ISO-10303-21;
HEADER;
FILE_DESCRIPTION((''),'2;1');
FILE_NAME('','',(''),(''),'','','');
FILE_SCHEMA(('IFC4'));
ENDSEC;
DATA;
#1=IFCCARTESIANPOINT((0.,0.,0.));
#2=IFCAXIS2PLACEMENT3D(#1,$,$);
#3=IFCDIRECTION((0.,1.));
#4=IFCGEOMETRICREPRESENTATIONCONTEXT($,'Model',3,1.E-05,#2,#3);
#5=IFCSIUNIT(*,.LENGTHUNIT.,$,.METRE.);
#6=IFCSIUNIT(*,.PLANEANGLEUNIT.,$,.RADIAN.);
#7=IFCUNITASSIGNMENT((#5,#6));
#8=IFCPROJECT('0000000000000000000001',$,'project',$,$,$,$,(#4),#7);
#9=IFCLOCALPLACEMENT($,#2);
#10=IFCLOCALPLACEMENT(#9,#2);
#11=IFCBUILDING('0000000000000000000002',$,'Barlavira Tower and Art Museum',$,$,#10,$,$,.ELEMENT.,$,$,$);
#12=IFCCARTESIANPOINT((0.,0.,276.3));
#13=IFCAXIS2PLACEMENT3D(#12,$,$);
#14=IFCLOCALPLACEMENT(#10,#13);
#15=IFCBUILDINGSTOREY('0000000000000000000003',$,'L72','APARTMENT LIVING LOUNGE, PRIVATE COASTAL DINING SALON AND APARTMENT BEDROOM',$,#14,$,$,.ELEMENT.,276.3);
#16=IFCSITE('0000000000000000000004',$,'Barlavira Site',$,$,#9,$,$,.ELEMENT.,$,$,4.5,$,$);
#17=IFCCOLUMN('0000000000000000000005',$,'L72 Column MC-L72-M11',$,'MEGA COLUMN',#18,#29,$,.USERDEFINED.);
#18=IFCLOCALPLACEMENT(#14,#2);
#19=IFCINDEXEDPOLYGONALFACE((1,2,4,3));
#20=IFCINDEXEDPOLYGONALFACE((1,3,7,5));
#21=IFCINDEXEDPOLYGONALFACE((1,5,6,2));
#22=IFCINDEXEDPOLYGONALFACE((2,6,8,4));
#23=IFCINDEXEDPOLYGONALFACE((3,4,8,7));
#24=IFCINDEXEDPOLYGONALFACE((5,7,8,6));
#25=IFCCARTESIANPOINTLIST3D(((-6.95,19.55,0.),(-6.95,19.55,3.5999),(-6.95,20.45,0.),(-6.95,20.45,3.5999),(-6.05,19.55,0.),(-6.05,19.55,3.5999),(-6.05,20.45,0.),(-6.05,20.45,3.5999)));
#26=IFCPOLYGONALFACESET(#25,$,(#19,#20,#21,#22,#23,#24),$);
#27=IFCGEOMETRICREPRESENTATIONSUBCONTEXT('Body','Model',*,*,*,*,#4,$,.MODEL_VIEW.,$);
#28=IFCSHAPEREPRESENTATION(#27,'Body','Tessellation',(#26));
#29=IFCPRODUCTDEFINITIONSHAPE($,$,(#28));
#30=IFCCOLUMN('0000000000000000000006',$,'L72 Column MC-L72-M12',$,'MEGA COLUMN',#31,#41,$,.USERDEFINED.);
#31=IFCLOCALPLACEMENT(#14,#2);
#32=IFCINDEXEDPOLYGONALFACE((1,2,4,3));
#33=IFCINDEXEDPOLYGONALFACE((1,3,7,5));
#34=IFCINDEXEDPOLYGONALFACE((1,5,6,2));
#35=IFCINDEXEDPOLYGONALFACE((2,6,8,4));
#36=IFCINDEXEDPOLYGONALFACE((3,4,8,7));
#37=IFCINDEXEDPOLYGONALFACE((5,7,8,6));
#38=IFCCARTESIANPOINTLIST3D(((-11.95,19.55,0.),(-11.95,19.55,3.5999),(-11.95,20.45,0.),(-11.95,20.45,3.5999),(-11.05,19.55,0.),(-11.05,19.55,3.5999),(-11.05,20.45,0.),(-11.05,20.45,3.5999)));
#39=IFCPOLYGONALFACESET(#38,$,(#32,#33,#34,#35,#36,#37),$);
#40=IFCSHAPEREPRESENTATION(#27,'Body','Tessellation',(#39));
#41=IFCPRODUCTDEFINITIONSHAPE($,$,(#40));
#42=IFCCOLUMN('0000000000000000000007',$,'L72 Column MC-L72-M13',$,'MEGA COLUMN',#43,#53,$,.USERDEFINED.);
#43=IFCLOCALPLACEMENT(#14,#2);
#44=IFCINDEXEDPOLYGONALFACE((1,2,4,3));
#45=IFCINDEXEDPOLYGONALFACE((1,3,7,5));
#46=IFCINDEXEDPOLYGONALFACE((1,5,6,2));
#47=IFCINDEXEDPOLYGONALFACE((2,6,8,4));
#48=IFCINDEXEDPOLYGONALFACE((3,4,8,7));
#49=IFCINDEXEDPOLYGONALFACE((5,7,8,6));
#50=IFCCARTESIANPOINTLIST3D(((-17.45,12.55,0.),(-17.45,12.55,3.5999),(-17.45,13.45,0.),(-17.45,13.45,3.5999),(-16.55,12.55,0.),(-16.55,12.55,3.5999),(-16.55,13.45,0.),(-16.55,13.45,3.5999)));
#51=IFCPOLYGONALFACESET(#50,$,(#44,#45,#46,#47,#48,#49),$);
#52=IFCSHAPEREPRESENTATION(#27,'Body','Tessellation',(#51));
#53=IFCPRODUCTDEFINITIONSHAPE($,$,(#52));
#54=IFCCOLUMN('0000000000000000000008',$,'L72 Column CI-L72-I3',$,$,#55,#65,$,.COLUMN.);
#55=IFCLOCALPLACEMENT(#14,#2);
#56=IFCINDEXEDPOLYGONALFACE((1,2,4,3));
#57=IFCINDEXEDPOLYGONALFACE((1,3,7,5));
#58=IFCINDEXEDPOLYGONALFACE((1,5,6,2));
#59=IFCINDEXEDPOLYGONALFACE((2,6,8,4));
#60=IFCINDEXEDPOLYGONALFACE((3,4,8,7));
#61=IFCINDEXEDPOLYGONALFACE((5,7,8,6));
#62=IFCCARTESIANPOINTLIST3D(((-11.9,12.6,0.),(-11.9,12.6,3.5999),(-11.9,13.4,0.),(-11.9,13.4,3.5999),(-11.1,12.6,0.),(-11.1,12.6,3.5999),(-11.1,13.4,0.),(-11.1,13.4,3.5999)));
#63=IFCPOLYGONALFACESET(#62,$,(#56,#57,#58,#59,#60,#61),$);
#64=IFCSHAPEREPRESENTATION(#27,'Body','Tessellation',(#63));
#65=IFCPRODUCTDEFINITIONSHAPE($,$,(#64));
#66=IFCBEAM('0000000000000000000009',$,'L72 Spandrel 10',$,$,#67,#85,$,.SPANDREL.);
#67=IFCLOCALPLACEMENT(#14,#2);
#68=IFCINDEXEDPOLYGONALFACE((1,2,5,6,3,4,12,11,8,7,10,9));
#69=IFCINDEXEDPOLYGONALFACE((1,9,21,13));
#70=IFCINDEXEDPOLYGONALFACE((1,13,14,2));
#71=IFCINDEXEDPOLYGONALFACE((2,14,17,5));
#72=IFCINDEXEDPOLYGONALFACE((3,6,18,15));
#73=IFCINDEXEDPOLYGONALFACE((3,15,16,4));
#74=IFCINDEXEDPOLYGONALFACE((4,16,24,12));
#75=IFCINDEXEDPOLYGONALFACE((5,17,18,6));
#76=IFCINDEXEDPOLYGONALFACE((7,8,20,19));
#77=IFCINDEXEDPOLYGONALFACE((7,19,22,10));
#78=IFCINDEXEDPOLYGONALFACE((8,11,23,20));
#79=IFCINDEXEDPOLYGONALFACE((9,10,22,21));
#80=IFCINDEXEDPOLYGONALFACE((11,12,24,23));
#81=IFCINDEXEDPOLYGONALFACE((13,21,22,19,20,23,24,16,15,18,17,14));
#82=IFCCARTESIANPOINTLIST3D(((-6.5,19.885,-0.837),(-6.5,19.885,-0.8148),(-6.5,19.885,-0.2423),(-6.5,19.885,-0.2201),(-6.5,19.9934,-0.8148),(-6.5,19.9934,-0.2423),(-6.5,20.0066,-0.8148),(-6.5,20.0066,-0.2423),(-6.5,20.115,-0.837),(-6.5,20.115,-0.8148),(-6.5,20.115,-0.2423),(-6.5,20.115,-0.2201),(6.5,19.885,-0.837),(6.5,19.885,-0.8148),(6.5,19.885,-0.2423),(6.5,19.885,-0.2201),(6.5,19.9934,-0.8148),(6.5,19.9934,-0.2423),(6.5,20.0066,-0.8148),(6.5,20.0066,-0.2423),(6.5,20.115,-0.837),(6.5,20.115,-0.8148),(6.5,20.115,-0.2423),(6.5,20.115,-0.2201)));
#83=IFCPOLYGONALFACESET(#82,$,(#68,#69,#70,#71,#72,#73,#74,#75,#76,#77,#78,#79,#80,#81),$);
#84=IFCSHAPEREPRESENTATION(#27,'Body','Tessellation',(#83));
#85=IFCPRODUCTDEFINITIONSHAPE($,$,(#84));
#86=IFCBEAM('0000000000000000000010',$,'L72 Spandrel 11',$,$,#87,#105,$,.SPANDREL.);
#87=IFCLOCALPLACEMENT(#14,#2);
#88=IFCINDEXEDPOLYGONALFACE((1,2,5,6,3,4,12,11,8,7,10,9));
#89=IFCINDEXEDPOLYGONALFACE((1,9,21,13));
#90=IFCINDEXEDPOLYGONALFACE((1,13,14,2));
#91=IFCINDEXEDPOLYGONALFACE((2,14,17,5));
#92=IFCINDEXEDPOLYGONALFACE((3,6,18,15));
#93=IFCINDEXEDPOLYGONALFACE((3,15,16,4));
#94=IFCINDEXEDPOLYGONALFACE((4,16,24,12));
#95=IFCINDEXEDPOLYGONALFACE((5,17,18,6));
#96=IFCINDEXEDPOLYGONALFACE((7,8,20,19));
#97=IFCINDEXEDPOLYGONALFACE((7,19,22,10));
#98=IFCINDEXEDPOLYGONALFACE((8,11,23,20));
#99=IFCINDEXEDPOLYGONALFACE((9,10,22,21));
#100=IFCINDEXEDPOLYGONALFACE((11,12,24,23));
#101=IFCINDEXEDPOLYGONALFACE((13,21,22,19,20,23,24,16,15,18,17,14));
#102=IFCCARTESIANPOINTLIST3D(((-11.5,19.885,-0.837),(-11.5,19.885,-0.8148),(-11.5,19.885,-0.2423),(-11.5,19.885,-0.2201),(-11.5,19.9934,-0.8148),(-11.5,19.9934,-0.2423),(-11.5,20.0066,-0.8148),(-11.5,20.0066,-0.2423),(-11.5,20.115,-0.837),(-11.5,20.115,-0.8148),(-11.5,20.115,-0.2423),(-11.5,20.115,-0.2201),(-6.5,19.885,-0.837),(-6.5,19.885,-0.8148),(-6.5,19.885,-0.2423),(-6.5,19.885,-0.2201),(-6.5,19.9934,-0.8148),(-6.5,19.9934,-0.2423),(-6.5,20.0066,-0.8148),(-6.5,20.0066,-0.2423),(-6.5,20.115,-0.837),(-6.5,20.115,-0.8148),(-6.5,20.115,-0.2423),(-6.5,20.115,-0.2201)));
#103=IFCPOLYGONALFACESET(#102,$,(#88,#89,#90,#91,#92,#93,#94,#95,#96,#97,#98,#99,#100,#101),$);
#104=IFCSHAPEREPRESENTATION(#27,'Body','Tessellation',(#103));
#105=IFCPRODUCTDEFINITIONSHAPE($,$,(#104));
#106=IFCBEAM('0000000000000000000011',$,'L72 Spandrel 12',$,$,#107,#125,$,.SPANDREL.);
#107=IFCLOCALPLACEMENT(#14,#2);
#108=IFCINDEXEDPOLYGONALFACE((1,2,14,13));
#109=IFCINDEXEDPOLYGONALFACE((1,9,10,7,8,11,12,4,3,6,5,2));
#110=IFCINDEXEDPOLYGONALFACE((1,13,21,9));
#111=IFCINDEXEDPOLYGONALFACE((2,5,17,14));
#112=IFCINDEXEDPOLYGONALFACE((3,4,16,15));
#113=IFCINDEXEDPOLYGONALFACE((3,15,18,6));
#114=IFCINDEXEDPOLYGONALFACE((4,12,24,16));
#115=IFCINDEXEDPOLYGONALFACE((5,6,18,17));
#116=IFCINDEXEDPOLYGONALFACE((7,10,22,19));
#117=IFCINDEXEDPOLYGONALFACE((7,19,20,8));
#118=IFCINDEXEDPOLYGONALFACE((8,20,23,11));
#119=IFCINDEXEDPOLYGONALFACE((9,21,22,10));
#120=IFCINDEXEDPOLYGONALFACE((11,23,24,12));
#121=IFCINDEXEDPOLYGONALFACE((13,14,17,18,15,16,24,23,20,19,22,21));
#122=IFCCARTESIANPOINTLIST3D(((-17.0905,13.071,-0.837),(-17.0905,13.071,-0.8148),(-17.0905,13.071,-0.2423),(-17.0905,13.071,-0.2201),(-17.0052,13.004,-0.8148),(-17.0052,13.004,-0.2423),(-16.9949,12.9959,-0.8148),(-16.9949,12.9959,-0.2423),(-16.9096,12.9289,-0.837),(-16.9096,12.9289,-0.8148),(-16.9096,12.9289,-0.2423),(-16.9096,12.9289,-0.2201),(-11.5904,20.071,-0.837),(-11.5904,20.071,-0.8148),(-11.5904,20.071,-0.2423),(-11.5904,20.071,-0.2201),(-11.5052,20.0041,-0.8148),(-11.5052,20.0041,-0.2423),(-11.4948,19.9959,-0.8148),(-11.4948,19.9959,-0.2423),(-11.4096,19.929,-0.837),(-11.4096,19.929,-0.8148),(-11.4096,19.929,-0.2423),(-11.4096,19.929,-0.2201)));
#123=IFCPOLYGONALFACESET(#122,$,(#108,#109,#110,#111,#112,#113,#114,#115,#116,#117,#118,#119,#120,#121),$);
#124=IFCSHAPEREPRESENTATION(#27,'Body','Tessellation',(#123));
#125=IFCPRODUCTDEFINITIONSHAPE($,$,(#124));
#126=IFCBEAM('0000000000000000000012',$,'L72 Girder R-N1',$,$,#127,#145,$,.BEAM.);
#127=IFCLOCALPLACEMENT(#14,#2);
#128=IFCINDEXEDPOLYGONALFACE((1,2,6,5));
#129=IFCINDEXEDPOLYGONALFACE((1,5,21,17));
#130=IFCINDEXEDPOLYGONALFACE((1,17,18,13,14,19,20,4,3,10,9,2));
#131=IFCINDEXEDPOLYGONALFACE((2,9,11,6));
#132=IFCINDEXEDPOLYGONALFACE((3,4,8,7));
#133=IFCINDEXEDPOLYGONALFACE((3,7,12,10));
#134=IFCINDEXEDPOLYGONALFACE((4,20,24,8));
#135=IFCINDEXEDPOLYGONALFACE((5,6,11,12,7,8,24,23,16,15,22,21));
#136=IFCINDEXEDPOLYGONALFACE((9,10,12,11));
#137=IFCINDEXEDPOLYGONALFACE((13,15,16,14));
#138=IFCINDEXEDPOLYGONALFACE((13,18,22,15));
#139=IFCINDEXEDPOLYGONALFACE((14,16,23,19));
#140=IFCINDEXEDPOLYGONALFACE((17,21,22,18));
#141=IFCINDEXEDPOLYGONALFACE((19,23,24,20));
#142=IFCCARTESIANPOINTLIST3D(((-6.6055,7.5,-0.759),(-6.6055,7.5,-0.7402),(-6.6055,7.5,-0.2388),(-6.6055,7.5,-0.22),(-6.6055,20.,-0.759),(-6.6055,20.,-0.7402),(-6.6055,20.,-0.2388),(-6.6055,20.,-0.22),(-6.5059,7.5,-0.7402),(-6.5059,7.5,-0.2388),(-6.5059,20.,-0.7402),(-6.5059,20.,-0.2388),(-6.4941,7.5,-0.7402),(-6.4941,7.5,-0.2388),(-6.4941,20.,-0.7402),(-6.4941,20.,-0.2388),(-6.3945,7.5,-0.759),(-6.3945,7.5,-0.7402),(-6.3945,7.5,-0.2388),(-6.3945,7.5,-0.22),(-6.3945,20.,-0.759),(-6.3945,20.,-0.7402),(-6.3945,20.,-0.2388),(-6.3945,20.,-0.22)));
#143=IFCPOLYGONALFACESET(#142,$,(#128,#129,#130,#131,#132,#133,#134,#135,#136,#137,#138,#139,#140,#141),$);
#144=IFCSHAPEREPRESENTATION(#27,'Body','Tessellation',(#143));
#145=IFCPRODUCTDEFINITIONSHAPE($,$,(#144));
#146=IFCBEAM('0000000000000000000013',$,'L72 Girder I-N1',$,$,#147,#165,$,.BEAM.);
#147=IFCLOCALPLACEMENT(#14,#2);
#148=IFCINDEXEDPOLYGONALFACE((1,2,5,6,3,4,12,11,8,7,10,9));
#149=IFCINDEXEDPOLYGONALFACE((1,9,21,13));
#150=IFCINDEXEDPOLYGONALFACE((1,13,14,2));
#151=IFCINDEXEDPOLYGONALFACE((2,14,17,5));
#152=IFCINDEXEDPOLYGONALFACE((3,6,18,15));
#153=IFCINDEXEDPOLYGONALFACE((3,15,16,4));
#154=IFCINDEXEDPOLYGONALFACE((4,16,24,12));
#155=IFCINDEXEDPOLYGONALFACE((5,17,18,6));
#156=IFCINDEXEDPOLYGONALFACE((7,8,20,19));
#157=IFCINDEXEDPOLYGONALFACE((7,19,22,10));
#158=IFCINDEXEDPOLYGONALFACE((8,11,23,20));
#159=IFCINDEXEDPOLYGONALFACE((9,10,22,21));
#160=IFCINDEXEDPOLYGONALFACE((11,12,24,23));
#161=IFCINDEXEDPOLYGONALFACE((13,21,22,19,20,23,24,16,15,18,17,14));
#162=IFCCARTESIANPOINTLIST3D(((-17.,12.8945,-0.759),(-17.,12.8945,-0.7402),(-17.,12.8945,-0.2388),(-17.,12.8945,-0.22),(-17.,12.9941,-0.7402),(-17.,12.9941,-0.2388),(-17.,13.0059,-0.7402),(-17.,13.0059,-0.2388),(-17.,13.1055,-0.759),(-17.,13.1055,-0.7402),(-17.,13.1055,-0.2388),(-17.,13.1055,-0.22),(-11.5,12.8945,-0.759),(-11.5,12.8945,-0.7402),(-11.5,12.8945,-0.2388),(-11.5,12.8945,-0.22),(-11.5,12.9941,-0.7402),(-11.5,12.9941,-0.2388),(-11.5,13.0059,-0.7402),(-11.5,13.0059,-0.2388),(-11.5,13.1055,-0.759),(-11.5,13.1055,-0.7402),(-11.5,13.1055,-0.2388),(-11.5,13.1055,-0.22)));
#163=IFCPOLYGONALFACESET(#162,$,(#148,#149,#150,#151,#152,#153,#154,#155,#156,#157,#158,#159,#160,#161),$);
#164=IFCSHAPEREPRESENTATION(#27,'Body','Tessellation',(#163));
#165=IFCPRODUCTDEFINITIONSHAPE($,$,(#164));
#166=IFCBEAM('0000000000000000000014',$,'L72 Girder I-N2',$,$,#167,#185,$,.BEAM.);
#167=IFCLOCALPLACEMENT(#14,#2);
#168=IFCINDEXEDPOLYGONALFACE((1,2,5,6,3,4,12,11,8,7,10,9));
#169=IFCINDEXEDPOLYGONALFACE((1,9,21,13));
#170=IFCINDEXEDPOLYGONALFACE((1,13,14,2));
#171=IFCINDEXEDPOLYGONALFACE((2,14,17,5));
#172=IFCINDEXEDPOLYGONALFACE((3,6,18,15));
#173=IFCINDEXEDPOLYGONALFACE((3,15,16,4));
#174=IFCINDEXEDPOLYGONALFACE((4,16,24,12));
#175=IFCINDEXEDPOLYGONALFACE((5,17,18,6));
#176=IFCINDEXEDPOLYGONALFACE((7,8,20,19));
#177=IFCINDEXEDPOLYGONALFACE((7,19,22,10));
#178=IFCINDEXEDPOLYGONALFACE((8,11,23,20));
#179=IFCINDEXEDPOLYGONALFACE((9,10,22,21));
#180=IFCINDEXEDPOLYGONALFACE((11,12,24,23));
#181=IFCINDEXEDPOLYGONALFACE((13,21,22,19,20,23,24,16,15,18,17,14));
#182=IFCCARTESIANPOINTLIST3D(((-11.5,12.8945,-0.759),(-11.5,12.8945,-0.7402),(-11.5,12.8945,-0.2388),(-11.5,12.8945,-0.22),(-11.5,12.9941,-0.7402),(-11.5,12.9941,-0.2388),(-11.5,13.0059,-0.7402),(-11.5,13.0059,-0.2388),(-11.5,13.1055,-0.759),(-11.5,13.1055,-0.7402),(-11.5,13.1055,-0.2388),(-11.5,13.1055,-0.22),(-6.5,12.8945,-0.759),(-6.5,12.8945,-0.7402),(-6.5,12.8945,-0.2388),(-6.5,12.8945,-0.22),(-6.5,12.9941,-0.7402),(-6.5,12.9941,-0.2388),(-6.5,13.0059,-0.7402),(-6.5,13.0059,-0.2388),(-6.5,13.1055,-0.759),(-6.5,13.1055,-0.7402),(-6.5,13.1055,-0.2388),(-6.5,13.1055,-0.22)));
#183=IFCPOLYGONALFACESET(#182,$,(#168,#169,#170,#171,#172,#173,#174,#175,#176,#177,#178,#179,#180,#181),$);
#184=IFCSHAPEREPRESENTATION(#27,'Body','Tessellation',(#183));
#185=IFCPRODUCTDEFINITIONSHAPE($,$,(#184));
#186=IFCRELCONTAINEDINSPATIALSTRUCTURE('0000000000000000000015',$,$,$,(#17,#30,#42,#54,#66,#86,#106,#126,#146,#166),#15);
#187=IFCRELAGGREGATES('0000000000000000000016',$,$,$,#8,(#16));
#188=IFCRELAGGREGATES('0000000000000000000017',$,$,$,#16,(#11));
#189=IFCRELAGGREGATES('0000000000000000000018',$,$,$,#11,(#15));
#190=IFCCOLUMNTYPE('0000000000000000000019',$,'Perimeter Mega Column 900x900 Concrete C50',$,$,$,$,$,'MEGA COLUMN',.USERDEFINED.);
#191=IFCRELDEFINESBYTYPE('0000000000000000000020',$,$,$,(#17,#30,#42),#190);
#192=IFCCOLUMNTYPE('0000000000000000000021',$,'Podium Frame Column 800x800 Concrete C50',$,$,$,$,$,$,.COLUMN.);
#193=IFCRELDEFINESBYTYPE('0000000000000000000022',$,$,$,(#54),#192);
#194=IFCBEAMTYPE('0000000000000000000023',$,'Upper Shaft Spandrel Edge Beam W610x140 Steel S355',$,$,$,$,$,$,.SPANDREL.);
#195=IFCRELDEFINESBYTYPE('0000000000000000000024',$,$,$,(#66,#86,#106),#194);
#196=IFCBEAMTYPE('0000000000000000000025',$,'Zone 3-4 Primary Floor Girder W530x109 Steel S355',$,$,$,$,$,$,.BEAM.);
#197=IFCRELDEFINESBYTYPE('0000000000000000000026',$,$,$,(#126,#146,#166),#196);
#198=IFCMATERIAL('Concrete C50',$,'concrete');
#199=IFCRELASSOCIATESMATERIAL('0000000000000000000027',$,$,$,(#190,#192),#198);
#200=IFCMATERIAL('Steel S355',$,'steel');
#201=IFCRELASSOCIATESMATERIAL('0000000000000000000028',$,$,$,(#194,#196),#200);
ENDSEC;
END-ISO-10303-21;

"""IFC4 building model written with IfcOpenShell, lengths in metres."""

from ifc_helpers import new_model, si_unit, direction, frame, origin, origin_2d, place, context, subcontext, project, spatial, rectangle, i_section, extrude, material, material_profile, profile_set, type_object, element, save


model = new_model("IFC4")

# Units and contexts
model_context = context("Model", 3, precision=1e-05, world=origin(), true_north=direction((0.0, 1.0)))
body_context = subcontext(model_context, "Body", "Model", "MODEL_VIEW")
ifc_project = project(units=[si_unit("LENGTHUNIT", "METRE"), si_unit("PLANEANGLEUNIT", "RADIAN")], contexts=[model_context])

# Site, building, storey
site_placement = place(None, origin())
site = spatial("IfcSite", under=ifc_project, at=site_placement, Name="Barlavira Site", CompositionType="ELEMENT", RefElevation=4.5)
building_placement = place(site_placement, origin())
building = spatial("IfcBuilding", under=site, at=building_placement, Name="Barlavira Tower and Art Museum", CompositionType="ELEMENT")
storey_placement = place(building_placement, frame((0.0, 0.0, 276.3)))
storey = spatial("IfcBuildingStorey", under=building, at=storey_placement, Name="L72", Description="APARTMENT LIVING LOUNGE, PRIVATE COASTAL DINING SALON AND APARTMENT BEDROOM", CompositionType="ELEMENT", Elevation=276.3)

# Columns
ifc_material_1 = material(Name="Concrete C50", Category="concrete")
ifc_material_profile_1 = material_profile(ifc_material_1, rectangle(XDim=0.8999, YDim=0.8999, at=origin_2d()), Name="RC-COL 900x900")
ifc_profile_set_1 = profile_set([ifc_material_profile_1], Name="Concrete C50")
column_type_1 = type_object("IfcColumnType", Name="Perimeter Mega Column 900x900 Concrete C50", ElementType="MEGA COLUMN", PredefinedType="USERDEFINED", material=ifc_profile_set_1)
for number, where, z_axis, x_axis, name in (
    (1, (-6.5, 20.0, 0.0), (0.0, 0.0, 1.0), (1.0, 0.0, 0.0), "L72 Column MC-L72-M11"),
    (2, (-11.5, 20.0, 0.0), (0.0, 0.0, 1.0), (1.0, 0.0, 0.0), "L72 Column MC-L72-M12"),
    (3, (-17.0, 13.0, 0.0), (0.0, 0.0, 1.0), (1.0, 0.0, 0.0), "L72 Column MC-L72-M13"),
):
    element("IfcColumn", number, at=place(storey_placement, frame(where, z_axis=z_axis, x_axis=x_axis)), inside=storey, type_object=column_type_1, Name=name, ObjectType="MEGA COLUMN", PredefinedType="USERDEFINED", context=body_context, shape_type="SweptSolid", body=[
        extrude(rectangle(XDim=0.8999, YDim=0.8999, at=origin_2d()), origin(), (0.0, 0.0, 1.0), 3.5999),
    ])
ifc_material_profile_2 = material_profile(ifc_material_1, rectangle(XDim=0.8, YDim=0.8, at=origin_2d()), Name="RC-COL 800x800")
ifc_profile_set_2 = profile_set([ifc_material_profile_2], Name="Concrete C50")
column_type_2 = type_object("IfcColumnType", Name="Podium Frame Column 800x800 Concrete C50", PredefinedType="COLUMN", material=ifc_profile_set_2)
column_placement = place(storey_placement, frame((-11.5, 13.0, 0.0), z_axis=(0.0, 0.0, 1.0), x_axis=(1.0, 0.0, 0.0)))
element("IfcColumn", 4, at=column_placement, inside=storey, type_object=column_type_2, Name="L72 Column CI-L72-I3", PredefinedType="COLUMN", context=body_context, shape_type="SweptSolid", body=[
    extrude(rectangle(XDim=0.8, YDim=0.8, at=origin_2d()), origin(), (0.0, 0.0, 1.0), 3.5999),
])

# Beams
ifc_material_2 = material(Name="Steel S355", Category="steel")
ifc_material_profile_3 = material_profile(ifc_material_2, i_section(OverallWidth=0.23, OverallDepth=0.6169, WebThickness=0.0132, FlangeThickness=0.0222, at=origin_2d()), Name="W610x140.0")
ifc_profile_set_3 = profile_set([ifc_material_profile_3], Name="Steel S355")
beam_type_1 = type_object("IfcBeamType", Name="Upper Shaft Spandrel Edge Beam W610x140 Steel S355", PredefinedType="SPANDREL", material=ifc_profile_set_3)
beam_1_placement = place(storey_placement, frame((-6.5, 20.0, -0.5286), z_axis=(1.0, 0.0, 0.0), x_axis=(0.0, 1.0, 0.0)))
element("IfcBeam", 5, at=beam_1_placement, inside=storey, type_object=beam_type_1, Name="L72 Spandrel 10", PredefinedType="SPANDREL", context=body_context, shape_type="SweptSolid", body=[
    extrude(i_section(OverallWidth=0.23, OverallDepth=0.6169, WebThickness=0.0132, FlangeThickness=0.0222, at=origin_2d()), origin(), (0.0, 0.0, 1.0), 13.0),
])
beam_2_placement = place(storey_placement, frame((-11.5, 20.0, -0.5286), z_axis=(1.0, 0.0, 0.0), x_axis=(0.0, 1.0, 0.0)))
element("IfcBeam", 6, at=beam_2_placement, inside=storey, type_object=beam_type_1, Name="L72 Spandrel 11", PredefinedType="SPANDREL", context=body_context, shape_type="SweptSolid", body=[
    extrude(i_section(OverallWidth=0.23, OverallDepth=0.6169, WebThickness=0.0132, FlangeThickness=0.0222, at=origin_2d()), origin(), (0.0, 0.0, 1.0), 5.0),
])
beam_3_placement = place(storey_placement, frame((-11.5, 20.0, -0.5286), z_axis=(-0.617822, -0.786318, 0.0), x_axis=(0.786318, -0.617822, 0.0)))
element("IfcBeam", 7, at=beam_3_placement, inside=storey, type_object=beam_type_1, Name="L72 Spandrel 12", PredefinedType="SPANDREL", context=body_context, shape_type="SweptSolid", body=[
    extrude(i_section(OverallWidth=0.23, OverallDepth=0.6169, WebThickness=0.0132, FlangeThickness=0.0222, at=origin_2d()), origin(), (0.0, 0.0, 1.0), 8.9023),
])
ifc_material_profile_4 = material_profile(ifc_material_2, i_section(OverallWidth=0.2109, OverallDepth=0.5391, WebThickness=0.0117, FlangeThickness=0.0188, at=origin_2d()), Name="W530x109.0")
ifc_profile_set_4 = profile_set([ifc_material_profile_4], Name="Steel S355")
beam_type_2 = type_object("IfcBeamType", Name="Zone 3-4 Primary Floor Girder W530x109 Steel S355", PredefinedType="BEAM", material=ifc_profile_set_4)
beam_4_placement = place(storey_placement, frame((-6.5, 7.5, -0.4895), z_axis=(0.0, 1.0, 0.0), x_axis=(-1.0, 0.0, 0.0)))
element("IfcBeam", 8, at=beam_4_placement, inside=storey, type_object=beam_type_2, Name="L72 Girder R-N1", PredefinedType="BEAM", context=body_context, shape_type="SweptSolid", body=[
    extrude(i_section(OverallWidth=0.2109, OverallDepth=0.5391, WebThickness=0.0117, FlangeThickness=0.0188, at=origin_2d()), origin(), (0.0, 0.0, 1.0), 12.5),
])
beam_5_placement = place(storey_placement, frame((-17.0, 13.0, -0.4895), z_axis=(1.0, 0.0, 0.0), x_axis=(0.0, 1.0, 0.0)))
element("IfcBeam", 9, at=beam_5_placement, inside=storey, type_object=beam_type_2, Name="L72 Girder I-N1", PredefinedType="BEAM", context=body_context, shape_type="SweptSolid", body=[
    extrude(i_section(OverallWidth=0.2109, OverallDepth=0.5391, WebThickness=0.0117, FlangeThickness=0.0188, at=origin_2d()), origin(), (0.0, 0.0, 1.0), 5.5),
])
beam_6_placement = place(storey_placement, frame((-11.5, 13.0, -0.4895), z_axis=(1.0, 0.0, 0.0), x_axis=(0.0, 1.0, 0.0)))
element("IfcBeam", 10, at=beam_6_placement, inside=storey, type_object=beam_type_2, Name="L72 Girder I-N2", PredefinedType="BEAM", context=body_context, shape_type="SweptSolid", body=[
    extrude(i_section(OverallWidth=0.2109, OverallDepth=0.5391, WebThickness=0.0117, FlangeThickness=0.0188, at=origin_2d()), origin(), (0.0, 0.0, 1.0), 5.0),
])

save(model, "model.ifc")
